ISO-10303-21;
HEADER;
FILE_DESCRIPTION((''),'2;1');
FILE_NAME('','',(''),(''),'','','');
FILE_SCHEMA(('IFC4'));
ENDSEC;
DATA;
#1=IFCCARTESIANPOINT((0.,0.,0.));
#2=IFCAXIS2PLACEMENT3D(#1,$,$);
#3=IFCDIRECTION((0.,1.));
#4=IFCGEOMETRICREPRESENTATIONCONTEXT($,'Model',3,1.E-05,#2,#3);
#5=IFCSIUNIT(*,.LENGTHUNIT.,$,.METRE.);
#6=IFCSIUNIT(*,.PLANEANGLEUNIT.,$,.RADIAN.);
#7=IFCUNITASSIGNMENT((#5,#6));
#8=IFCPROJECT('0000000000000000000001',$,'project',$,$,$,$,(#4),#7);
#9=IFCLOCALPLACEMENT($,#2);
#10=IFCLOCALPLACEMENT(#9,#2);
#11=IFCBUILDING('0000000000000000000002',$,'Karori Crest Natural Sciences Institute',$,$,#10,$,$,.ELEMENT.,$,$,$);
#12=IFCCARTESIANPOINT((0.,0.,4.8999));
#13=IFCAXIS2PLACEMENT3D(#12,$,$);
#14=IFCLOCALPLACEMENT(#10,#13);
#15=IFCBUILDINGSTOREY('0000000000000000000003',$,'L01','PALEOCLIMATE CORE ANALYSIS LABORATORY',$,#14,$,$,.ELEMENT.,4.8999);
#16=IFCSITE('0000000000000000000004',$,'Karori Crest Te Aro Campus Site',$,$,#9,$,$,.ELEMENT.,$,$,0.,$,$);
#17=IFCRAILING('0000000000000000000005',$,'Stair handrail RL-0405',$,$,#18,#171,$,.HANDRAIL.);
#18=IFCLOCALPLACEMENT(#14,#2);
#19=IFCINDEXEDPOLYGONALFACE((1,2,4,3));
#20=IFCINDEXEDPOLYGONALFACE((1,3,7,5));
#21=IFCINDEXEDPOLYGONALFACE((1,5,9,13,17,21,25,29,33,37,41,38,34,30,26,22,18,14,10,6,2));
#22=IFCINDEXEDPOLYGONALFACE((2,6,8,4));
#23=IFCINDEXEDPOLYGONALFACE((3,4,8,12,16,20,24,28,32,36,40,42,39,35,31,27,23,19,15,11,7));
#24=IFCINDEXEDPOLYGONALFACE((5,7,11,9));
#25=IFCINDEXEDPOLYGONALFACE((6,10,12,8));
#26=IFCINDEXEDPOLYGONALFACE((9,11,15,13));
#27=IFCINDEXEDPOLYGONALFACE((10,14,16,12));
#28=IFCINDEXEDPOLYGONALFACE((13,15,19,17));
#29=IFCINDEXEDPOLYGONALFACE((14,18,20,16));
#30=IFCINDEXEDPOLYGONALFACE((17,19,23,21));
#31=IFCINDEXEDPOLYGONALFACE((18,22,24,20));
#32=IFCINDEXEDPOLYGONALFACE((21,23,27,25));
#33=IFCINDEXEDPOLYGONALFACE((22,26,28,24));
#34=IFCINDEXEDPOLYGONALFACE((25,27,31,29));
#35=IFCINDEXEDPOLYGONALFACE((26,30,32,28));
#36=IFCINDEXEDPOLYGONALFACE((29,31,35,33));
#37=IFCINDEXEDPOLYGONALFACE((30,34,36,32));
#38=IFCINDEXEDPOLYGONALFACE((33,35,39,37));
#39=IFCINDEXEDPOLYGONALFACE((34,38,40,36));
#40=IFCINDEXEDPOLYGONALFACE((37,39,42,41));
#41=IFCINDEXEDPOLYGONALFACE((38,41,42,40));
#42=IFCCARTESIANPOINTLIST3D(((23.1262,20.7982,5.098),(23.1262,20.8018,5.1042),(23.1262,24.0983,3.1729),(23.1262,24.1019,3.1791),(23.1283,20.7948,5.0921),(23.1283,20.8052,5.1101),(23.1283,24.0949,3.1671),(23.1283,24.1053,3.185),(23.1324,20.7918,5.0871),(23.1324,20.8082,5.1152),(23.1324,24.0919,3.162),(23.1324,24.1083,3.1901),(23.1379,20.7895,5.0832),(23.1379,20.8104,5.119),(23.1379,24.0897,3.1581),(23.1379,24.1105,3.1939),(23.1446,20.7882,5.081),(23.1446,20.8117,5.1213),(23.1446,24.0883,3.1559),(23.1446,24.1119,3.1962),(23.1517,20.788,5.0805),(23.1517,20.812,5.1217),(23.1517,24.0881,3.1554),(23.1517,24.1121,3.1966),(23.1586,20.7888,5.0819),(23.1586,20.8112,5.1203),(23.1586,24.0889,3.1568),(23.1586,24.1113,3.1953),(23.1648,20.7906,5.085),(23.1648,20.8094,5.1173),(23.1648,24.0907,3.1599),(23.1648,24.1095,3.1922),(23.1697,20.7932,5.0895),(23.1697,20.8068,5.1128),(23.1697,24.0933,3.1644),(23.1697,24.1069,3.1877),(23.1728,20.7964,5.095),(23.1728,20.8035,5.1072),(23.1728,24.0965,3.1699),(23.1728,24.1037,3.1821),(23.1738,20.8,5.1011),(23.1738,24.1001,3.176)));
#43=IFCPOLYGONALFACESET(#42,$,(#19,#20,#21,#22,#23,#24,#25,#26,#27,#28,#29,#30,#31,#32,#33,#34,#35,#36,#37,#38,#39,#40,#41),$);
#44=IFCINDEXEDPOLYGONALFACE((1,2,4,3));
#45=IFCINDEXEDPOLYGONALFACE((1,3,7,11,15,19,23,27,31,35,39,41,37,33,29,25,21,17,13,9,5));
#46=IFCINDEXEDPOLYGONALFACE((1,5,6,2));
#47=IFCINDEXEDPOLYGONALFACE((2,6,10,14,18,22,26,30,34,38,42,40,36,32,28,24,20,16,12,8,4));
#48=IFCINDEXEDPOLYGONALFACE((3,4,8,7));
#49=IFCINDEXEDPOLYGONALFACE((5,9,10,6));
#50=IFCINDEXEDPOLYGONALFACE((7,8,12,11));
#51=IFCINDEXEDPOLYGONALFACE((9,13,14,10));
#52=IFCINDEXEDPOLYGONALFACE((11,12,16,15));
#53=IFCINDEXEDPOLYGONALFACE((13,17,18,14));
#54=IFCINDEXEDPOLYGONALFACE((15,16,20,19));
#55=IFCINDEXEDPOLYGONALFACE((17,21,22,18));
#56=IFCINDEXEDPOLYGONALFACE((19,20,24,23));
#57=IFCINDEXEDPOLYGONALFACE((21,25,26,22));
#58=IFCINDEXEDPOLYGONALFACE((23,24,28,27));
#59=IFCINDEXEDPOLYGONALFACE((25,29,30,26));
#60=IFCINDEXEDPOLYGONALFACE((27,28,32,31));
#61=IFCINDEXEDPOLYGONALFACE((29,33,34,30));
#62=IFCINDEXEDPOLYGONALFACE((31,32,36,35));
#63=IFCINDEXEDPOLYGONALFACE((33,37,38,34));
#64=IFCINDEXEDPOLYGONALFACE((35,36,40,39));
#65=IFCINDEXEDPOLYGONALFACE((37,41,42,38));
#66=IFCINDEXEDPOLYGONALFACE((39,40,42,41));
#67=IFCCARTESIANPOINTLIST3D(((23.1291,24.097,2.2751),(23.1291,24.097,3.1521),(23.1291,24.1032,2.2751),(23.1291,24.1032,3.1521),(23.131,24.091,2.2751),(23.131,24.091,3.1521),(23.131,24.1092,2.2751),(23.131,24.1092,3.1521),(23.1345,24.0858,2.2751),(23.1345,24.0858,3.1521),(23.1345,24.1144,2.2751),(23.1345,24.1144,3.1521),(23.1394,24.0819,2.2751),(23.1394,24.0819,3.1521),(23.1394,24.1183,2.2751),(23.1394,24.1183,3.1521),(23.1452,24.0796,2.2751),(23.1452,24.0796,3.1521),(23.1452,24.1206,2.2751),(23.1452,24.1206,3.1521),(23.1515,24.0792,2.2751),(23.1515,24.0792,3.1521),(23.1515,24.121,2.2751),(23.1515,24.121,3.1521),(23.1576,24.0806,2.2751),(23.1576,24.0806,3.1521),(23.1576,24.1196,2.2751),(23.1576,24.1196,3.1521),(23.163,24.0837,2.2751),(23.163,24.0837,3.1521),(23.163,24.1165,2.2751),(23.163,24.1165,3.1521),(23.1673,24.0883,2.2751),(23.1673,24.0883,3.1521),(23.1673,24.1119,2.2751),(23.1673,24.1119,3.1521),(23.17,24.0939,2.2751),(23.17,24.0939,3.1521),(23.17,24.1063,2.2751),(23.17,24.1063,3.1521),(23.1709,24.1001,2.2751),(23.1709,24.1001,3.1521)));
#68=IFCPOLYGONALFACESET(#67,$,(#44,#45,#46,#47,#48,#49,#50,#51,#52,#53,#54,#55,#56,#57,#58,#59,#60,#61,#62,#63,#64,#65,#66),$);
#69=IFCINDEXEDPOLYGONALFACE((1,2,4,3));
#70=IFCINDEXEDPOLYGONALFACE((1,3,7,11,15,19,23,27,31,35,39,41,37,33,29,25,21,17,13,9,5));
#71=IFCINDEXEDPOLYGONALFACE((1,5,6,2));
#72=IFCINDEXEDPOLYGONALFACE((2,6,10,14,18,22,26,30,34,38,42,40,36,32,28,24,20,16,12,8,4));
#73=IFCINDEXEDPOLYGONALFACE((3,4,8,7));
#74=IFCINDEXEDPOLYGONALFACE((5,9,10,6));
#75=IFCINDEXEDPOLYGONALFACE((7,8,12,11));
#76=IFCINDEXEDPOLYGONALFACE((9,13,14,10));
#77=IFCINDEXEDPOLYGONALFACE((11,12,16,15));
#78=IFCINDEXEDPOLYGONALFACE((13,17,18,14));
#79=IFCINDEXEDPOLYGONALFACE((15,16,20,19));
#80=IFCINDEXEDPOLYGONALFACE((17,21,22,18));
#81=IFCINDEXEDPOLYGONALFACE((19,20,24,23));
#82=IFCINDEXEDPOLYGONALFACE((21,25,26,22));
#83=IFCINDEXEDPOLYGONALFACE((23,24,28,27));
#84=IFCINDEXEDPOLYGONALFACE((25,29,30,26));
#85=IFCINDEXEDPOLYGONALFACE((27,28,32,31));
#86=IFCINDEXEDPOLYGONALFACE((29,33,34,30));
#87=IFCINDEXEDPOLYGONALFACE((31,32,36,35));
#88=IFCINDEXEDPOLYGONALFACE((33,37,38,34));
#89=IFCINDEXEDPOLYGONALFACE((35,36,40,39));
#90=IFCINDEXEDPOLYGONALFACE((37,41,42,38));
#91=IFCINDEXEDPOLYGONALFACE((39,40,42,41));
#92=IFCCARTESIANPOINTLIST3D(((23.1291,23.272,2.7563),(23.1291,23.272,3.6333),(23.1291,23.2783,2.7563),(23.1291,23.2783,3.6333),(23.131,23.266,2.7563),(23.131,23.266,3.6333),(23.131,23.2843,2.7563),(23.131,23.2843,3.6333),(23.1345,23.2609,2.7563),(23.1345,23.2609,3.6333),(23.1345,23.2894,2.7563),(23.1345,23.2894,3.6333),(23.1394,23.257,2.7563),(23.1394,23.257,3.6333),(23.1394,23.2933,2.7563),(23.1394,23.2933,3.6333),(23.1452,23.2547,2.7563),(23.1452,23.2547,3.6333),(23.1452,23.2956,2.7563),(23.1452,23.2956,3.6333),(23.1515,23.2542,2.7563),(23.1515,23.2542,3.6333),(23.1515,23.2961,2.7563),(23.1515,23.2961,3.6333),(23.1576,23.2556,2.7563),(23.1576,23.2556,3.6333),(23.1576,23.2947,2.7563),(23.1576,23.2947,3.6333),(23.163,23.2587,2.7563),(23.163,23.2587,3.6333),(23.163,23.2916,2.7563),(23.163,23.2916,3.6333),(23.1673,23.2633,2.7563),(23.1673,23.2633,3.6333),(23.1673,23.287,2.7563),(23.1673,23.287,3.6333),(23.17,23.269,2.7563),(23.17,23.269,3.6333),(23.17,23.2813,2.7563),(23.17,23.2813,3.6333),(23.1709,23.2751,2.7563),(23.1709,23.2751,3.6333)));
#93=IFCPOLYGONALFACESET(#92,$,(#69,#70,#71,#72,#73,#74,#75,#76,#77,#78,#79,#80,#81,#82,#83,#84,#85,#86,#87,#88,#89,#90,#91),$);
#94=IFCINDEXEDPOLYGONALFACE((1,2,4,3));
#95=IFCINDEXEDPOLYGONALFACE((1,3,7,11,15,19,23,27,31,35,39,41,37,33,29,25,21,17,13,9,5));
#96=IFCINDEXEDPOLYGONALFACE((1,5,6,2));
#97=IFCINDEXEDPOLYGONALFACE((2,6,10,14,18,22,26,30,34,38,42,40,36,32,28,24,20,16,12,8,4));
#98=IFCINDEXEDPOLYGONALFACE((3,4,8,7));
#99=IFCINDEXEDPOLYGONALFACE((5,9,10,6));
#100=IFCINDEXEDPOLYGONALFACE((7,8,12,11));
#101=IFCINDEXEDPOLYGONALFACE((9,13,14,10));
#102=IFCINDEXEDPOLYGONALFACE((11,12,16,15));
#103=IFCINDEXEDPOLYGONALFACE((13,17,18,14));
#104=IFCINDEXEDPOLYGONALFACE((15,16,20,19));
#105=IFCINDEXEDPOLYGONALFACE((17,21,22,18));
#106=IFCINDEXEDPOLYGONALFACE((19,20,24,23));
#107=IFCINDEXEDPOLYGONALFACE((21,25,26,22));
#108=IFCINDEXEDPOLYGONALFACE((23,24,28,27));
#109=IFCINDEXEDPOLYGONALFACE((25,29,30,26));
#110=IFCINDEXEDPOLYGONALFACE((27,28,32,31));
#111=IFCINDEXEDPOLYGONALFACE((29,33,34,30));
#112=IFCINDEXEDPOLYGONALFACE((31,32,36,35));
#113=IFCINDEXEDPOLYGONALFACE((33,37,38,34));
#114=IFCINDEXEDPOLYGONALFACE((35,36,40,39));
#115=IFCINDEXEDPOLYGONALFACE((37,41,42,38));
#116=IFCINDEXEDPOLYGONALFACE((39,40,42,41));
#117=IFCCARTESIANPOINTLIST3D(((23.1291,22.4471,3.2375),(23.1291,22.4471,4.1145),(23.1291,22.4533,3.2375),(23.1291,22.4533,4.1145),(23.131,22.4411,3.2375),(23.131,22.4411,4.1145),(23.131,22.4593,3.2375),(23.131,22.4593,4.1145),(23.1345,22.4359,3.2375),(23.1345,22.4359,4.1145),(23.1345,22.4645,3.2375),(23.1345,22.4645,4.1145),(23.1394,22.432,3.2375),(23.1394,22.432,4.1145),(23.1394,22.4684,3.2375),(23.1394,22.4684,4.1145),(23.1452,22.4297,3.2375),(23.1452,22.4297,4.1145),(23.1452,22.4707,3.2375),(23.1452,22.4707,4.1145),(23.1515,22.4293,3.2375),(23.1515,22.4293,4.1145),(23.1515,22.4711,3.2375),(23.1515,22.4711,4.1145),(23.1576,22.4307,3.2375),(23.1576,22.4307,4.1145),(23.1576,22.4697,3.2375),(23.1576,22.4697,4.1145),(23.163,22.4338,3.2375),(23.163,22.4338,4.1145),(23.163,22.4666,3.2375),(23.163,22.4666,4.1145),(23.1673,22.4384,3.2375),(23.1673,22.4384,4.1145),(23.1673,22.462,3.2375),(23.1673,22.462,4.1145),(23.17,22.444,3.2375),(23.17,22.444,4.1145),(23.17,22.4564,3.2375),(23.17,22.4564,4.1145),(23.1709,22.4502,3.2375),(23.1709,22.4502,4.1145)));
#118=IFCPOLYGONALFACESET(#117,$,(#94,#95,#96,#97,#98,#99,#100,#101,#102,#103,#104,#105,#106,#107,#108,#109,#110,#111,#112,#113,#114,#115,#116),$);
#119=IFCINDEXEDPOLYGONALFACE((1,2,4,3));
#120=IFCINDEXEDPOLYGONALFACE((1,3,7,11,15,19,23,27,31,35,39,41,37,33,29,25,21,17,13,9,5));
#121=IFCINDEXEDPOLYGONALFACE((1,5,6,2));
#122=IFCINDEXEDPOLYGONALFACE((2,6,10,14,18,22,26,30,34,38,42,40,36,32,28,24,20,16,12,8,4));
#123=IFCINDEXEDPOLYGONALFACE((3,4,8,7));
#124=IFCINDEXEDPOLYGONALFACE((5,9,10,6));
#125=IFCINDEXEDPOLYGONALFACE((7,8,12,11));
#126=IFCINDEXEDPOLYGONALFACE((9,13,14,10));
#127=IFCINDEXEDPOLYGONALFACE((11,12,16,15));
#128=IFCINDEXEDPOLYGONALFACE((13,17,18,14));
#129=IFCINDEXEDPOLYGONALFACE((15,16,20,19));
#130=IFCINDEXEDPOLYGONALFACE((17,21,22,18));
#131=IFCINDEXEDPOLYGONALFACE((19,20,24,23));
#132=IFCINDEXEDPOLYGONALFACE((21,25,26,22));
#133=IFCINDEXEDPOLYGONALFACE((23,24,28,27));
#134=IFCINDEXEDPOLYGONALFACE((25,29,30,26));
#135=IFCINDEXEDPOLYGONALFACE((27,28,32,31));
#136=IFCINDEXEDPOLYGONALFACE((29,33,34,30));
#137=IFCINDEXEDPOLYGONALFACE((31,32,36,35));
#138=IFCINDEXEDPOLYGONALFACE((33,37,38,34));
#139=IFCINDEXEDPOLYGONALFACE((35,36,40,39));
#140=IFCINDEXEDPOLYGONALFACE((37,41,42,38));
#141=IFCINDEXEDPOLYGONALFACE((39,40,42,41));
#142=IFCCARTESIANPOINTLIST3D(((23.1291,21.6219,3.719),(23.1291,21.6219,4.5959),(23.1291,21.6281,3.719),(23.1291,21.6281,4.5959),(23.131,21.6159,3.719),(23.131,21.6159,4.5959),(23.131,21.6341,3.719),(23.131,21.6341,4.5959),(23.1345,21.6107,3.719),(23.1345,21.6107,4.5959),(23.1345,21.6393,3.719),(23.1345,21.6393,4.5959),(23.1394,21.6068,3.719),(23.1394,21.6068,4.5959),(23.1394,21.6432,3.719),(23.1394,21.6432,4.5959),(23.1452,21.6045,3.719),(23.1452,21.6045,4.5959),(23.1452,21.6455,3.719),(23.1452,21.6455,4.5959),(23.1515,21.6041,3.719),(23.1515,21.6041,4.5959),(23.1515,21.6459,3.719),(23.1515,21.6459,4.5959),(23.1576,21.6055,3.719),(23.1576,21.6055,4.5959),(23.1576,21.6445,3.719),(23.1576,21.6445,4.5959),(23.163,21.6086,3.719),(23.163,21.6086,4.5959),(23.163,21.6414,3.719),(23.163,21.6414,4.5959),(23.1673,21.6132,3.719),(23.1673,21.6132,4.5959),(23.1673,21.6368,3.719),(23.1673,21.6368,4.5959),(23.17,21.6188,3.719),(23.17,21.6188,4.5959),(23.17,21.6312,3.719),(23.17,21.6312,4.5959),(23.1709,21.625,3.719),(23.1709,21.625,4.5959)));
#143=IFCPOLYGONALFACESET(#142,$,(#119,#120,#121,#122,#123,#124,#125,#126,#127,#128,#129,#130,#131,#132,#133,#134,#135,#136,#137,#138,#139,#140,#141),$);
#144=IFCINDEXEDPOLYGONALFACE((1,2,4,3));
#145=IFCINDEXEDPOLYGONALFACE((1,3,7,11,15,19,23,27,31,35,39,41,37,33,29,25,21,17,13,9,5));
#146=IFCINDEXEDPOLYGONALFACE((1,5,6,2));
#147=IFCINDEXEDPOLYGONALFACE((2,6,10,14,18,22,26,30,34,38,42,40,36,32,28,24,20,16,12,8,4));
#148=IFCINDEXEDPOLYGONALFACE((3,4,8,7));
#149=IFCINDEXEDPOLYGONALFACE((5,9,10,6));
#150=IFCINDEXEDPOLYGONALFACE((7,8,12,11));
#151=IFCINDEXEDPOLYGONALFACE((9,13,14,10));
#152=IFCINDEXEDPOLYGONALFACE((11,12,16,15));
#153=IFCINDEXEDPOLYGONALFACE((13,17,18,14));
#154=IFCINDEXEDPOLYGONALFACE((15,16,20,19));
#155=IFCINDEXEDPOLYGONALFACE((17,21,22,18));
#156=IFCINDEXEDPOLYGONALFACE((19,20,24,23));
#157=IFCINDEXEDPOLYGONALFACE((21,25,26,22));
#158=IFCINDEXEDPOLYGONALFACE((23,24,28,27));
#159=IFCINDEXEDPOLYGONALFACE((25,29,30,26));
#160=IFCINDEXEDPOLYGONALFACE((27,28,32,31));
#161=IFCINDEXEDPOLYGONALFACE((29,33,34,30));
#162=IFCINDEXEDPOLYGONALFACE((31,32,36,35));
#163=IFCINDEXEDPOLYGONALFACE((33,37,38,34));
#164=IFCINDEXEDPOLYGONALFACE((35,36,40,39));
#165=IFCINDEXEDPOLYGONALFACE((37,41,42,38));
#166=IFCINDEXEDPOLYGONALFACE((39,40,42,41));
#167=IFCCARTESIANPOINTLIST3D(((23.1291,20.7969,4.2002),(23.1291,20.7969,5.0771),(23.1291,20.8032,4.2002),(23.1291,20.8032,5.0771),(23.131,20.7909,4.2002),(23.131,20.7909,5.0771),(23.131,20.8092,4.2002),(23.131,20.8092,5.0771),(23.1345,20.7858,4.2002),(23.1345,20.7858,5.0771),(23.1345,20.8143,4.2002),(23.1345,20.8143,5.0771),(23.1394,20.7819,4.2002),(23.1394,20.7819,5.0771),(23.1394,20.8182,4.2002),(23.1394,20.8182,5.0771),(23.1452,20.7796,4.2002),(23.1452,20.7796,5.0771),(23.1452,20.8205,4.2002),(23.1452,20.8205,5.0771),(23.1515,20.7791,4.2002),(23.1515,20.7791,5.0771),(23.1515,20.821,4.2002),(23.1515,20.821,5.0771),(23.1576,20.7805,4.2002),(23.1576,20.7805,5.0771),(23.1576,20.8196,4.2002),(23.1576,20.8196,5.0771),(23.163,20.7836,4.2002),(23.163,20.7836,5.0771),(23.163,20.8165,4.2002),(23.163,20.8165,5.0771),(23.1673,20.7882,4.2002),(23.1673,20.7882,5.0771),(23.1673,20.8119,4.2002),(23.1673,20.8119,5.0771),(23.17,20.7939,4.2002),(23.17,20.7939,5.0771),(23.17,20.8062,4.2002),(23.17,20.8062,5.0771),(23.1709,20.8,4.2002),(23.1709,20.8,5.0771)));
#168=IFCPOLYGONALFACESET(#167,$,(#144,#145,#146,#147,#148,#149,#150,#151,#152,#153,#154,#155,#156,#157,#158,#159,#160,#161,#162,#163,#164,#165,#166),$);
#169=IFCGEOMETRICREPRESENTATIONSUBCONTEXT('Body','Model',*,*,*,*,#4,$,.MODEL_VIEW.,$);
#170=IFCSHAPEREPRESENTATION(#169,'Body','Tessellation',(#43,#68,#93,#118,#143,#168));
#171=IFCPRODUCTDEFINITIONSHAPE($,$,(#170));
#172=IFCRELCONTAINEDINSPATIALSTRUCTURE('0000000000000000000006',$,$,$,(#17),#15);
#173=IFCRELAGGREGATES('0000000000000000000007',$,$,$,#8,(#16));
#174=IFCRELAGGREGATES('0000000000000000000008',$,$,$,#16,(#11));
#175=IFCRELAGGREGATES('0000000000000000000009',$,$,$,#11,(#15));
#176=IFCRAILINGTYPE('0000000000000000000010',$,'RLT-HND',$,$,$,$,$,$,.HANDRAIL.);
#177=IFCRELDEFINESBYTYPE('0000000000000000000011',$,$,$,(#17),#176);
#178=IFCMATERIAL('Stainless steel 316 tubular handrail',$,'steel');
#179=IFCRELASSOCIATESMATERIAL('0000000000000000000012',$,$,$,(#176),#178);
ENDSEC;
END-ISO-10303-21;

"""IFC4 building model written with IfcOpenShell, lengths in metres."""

from ifc_helpers import new_model, si_unit, direction, frame, origin, origin_2d, place, context, subcontext, project, spatial, circle, extrude, material, type_object, element, save


model = new_model("IFC4")

# Units and contexts
model_context = context("Model", 3, precision=1e-05, world=origin(), true_north=direction((0.0, 1.0)))
body_context = subcontext(model_context, "Body", "Model", "MODEL_VIEW")
ifc_project = project(units=[si_unit("LENGTHUNIT", "METRE"), si_unit("PLANEANGLEUNIT", "RADIAN")], contexts=[model_context])

# Site, building, storey
site_placement = place(None, origin())
site = spatial("IfcSite", under=ifc_project, at=site_placement, Name="Karori Crest Te Aro Campus Site", CompositionType="ELEMENT", RefElevation=0.0)
building_placement = place(site_placement, origin())
building = spatial("IfcBuilding", under=site, at=building_placement, Name="Karori Crest Natural Sciences Institute", CompositionType="ELEMENT")
storey_placement = place(building_placement, frame((0.0, 0.0, 4.8999)))
storey = spatial("IfcBuildingStorey", under=building, at=storey_placement, Name="L01", Description="PALEOCLIMATE CORE ANALYSIS LABORATORY", CompositionType="ELEMENT", Elevation=4.8999)

# Railing
ifc_material_1 = material(Name="Stainless steel 316 tubular handrail", Category="steel")
railing_type_1 = type_object("IfcRailingType", Name="RLT-HND", PredefinedType="HANDRAIL", material=ifc_material_1)
railing_1_placement = place(storey_placement, frame((23.1499, 24.1001, 2.2751)))
element("IfcRailing", 1, at=railing_1_placement, inside=storey, type_object=railing_type_1, Name="Stair handrail RL-0405", PredefinedType="HANDRAIL", context=body_context, shape_type="SweptSolid", body=[
    extrude(circle(Radius=0.0239, at=origin_2d()), frame((0.0, 0.0, 0.9009), z_axis=(0.0, -0.863777, 0.503875), x_axis=(1.0, 0.0, 0.0)), (0.0, 0.0, 1.0), 3.8206),
    extrude(circle(Radius=0.021, at=origin_2d()), origin(), (0.0, 0.0, 1.0), 0.877),
    extrude(circle(Radius=0.021, at=origin_2d()), frame((0.0, -0.825, 0.4812)), (0.0, 0.0, 1.0), 0.877),
    extrude(circle(Radius=0.021, at=origin_2d()), frame((0.0, -1.6499, 0.9624)), (0.0, 0.0, 1.0), 0.877),
    extrude(circle(Radius=0.021, at=origin_2d()), frame((0.0, -2.4751, 1.4438)), (0.0, 0.0, 1.0), 0.877),
    extrude(circle(Radius=0.021, at=origin_2d()), frame((0.0, -3.3, 1.925)), (0.0, 0.0, 1.0), 0.877),
])

save(model, "model.ifc")
